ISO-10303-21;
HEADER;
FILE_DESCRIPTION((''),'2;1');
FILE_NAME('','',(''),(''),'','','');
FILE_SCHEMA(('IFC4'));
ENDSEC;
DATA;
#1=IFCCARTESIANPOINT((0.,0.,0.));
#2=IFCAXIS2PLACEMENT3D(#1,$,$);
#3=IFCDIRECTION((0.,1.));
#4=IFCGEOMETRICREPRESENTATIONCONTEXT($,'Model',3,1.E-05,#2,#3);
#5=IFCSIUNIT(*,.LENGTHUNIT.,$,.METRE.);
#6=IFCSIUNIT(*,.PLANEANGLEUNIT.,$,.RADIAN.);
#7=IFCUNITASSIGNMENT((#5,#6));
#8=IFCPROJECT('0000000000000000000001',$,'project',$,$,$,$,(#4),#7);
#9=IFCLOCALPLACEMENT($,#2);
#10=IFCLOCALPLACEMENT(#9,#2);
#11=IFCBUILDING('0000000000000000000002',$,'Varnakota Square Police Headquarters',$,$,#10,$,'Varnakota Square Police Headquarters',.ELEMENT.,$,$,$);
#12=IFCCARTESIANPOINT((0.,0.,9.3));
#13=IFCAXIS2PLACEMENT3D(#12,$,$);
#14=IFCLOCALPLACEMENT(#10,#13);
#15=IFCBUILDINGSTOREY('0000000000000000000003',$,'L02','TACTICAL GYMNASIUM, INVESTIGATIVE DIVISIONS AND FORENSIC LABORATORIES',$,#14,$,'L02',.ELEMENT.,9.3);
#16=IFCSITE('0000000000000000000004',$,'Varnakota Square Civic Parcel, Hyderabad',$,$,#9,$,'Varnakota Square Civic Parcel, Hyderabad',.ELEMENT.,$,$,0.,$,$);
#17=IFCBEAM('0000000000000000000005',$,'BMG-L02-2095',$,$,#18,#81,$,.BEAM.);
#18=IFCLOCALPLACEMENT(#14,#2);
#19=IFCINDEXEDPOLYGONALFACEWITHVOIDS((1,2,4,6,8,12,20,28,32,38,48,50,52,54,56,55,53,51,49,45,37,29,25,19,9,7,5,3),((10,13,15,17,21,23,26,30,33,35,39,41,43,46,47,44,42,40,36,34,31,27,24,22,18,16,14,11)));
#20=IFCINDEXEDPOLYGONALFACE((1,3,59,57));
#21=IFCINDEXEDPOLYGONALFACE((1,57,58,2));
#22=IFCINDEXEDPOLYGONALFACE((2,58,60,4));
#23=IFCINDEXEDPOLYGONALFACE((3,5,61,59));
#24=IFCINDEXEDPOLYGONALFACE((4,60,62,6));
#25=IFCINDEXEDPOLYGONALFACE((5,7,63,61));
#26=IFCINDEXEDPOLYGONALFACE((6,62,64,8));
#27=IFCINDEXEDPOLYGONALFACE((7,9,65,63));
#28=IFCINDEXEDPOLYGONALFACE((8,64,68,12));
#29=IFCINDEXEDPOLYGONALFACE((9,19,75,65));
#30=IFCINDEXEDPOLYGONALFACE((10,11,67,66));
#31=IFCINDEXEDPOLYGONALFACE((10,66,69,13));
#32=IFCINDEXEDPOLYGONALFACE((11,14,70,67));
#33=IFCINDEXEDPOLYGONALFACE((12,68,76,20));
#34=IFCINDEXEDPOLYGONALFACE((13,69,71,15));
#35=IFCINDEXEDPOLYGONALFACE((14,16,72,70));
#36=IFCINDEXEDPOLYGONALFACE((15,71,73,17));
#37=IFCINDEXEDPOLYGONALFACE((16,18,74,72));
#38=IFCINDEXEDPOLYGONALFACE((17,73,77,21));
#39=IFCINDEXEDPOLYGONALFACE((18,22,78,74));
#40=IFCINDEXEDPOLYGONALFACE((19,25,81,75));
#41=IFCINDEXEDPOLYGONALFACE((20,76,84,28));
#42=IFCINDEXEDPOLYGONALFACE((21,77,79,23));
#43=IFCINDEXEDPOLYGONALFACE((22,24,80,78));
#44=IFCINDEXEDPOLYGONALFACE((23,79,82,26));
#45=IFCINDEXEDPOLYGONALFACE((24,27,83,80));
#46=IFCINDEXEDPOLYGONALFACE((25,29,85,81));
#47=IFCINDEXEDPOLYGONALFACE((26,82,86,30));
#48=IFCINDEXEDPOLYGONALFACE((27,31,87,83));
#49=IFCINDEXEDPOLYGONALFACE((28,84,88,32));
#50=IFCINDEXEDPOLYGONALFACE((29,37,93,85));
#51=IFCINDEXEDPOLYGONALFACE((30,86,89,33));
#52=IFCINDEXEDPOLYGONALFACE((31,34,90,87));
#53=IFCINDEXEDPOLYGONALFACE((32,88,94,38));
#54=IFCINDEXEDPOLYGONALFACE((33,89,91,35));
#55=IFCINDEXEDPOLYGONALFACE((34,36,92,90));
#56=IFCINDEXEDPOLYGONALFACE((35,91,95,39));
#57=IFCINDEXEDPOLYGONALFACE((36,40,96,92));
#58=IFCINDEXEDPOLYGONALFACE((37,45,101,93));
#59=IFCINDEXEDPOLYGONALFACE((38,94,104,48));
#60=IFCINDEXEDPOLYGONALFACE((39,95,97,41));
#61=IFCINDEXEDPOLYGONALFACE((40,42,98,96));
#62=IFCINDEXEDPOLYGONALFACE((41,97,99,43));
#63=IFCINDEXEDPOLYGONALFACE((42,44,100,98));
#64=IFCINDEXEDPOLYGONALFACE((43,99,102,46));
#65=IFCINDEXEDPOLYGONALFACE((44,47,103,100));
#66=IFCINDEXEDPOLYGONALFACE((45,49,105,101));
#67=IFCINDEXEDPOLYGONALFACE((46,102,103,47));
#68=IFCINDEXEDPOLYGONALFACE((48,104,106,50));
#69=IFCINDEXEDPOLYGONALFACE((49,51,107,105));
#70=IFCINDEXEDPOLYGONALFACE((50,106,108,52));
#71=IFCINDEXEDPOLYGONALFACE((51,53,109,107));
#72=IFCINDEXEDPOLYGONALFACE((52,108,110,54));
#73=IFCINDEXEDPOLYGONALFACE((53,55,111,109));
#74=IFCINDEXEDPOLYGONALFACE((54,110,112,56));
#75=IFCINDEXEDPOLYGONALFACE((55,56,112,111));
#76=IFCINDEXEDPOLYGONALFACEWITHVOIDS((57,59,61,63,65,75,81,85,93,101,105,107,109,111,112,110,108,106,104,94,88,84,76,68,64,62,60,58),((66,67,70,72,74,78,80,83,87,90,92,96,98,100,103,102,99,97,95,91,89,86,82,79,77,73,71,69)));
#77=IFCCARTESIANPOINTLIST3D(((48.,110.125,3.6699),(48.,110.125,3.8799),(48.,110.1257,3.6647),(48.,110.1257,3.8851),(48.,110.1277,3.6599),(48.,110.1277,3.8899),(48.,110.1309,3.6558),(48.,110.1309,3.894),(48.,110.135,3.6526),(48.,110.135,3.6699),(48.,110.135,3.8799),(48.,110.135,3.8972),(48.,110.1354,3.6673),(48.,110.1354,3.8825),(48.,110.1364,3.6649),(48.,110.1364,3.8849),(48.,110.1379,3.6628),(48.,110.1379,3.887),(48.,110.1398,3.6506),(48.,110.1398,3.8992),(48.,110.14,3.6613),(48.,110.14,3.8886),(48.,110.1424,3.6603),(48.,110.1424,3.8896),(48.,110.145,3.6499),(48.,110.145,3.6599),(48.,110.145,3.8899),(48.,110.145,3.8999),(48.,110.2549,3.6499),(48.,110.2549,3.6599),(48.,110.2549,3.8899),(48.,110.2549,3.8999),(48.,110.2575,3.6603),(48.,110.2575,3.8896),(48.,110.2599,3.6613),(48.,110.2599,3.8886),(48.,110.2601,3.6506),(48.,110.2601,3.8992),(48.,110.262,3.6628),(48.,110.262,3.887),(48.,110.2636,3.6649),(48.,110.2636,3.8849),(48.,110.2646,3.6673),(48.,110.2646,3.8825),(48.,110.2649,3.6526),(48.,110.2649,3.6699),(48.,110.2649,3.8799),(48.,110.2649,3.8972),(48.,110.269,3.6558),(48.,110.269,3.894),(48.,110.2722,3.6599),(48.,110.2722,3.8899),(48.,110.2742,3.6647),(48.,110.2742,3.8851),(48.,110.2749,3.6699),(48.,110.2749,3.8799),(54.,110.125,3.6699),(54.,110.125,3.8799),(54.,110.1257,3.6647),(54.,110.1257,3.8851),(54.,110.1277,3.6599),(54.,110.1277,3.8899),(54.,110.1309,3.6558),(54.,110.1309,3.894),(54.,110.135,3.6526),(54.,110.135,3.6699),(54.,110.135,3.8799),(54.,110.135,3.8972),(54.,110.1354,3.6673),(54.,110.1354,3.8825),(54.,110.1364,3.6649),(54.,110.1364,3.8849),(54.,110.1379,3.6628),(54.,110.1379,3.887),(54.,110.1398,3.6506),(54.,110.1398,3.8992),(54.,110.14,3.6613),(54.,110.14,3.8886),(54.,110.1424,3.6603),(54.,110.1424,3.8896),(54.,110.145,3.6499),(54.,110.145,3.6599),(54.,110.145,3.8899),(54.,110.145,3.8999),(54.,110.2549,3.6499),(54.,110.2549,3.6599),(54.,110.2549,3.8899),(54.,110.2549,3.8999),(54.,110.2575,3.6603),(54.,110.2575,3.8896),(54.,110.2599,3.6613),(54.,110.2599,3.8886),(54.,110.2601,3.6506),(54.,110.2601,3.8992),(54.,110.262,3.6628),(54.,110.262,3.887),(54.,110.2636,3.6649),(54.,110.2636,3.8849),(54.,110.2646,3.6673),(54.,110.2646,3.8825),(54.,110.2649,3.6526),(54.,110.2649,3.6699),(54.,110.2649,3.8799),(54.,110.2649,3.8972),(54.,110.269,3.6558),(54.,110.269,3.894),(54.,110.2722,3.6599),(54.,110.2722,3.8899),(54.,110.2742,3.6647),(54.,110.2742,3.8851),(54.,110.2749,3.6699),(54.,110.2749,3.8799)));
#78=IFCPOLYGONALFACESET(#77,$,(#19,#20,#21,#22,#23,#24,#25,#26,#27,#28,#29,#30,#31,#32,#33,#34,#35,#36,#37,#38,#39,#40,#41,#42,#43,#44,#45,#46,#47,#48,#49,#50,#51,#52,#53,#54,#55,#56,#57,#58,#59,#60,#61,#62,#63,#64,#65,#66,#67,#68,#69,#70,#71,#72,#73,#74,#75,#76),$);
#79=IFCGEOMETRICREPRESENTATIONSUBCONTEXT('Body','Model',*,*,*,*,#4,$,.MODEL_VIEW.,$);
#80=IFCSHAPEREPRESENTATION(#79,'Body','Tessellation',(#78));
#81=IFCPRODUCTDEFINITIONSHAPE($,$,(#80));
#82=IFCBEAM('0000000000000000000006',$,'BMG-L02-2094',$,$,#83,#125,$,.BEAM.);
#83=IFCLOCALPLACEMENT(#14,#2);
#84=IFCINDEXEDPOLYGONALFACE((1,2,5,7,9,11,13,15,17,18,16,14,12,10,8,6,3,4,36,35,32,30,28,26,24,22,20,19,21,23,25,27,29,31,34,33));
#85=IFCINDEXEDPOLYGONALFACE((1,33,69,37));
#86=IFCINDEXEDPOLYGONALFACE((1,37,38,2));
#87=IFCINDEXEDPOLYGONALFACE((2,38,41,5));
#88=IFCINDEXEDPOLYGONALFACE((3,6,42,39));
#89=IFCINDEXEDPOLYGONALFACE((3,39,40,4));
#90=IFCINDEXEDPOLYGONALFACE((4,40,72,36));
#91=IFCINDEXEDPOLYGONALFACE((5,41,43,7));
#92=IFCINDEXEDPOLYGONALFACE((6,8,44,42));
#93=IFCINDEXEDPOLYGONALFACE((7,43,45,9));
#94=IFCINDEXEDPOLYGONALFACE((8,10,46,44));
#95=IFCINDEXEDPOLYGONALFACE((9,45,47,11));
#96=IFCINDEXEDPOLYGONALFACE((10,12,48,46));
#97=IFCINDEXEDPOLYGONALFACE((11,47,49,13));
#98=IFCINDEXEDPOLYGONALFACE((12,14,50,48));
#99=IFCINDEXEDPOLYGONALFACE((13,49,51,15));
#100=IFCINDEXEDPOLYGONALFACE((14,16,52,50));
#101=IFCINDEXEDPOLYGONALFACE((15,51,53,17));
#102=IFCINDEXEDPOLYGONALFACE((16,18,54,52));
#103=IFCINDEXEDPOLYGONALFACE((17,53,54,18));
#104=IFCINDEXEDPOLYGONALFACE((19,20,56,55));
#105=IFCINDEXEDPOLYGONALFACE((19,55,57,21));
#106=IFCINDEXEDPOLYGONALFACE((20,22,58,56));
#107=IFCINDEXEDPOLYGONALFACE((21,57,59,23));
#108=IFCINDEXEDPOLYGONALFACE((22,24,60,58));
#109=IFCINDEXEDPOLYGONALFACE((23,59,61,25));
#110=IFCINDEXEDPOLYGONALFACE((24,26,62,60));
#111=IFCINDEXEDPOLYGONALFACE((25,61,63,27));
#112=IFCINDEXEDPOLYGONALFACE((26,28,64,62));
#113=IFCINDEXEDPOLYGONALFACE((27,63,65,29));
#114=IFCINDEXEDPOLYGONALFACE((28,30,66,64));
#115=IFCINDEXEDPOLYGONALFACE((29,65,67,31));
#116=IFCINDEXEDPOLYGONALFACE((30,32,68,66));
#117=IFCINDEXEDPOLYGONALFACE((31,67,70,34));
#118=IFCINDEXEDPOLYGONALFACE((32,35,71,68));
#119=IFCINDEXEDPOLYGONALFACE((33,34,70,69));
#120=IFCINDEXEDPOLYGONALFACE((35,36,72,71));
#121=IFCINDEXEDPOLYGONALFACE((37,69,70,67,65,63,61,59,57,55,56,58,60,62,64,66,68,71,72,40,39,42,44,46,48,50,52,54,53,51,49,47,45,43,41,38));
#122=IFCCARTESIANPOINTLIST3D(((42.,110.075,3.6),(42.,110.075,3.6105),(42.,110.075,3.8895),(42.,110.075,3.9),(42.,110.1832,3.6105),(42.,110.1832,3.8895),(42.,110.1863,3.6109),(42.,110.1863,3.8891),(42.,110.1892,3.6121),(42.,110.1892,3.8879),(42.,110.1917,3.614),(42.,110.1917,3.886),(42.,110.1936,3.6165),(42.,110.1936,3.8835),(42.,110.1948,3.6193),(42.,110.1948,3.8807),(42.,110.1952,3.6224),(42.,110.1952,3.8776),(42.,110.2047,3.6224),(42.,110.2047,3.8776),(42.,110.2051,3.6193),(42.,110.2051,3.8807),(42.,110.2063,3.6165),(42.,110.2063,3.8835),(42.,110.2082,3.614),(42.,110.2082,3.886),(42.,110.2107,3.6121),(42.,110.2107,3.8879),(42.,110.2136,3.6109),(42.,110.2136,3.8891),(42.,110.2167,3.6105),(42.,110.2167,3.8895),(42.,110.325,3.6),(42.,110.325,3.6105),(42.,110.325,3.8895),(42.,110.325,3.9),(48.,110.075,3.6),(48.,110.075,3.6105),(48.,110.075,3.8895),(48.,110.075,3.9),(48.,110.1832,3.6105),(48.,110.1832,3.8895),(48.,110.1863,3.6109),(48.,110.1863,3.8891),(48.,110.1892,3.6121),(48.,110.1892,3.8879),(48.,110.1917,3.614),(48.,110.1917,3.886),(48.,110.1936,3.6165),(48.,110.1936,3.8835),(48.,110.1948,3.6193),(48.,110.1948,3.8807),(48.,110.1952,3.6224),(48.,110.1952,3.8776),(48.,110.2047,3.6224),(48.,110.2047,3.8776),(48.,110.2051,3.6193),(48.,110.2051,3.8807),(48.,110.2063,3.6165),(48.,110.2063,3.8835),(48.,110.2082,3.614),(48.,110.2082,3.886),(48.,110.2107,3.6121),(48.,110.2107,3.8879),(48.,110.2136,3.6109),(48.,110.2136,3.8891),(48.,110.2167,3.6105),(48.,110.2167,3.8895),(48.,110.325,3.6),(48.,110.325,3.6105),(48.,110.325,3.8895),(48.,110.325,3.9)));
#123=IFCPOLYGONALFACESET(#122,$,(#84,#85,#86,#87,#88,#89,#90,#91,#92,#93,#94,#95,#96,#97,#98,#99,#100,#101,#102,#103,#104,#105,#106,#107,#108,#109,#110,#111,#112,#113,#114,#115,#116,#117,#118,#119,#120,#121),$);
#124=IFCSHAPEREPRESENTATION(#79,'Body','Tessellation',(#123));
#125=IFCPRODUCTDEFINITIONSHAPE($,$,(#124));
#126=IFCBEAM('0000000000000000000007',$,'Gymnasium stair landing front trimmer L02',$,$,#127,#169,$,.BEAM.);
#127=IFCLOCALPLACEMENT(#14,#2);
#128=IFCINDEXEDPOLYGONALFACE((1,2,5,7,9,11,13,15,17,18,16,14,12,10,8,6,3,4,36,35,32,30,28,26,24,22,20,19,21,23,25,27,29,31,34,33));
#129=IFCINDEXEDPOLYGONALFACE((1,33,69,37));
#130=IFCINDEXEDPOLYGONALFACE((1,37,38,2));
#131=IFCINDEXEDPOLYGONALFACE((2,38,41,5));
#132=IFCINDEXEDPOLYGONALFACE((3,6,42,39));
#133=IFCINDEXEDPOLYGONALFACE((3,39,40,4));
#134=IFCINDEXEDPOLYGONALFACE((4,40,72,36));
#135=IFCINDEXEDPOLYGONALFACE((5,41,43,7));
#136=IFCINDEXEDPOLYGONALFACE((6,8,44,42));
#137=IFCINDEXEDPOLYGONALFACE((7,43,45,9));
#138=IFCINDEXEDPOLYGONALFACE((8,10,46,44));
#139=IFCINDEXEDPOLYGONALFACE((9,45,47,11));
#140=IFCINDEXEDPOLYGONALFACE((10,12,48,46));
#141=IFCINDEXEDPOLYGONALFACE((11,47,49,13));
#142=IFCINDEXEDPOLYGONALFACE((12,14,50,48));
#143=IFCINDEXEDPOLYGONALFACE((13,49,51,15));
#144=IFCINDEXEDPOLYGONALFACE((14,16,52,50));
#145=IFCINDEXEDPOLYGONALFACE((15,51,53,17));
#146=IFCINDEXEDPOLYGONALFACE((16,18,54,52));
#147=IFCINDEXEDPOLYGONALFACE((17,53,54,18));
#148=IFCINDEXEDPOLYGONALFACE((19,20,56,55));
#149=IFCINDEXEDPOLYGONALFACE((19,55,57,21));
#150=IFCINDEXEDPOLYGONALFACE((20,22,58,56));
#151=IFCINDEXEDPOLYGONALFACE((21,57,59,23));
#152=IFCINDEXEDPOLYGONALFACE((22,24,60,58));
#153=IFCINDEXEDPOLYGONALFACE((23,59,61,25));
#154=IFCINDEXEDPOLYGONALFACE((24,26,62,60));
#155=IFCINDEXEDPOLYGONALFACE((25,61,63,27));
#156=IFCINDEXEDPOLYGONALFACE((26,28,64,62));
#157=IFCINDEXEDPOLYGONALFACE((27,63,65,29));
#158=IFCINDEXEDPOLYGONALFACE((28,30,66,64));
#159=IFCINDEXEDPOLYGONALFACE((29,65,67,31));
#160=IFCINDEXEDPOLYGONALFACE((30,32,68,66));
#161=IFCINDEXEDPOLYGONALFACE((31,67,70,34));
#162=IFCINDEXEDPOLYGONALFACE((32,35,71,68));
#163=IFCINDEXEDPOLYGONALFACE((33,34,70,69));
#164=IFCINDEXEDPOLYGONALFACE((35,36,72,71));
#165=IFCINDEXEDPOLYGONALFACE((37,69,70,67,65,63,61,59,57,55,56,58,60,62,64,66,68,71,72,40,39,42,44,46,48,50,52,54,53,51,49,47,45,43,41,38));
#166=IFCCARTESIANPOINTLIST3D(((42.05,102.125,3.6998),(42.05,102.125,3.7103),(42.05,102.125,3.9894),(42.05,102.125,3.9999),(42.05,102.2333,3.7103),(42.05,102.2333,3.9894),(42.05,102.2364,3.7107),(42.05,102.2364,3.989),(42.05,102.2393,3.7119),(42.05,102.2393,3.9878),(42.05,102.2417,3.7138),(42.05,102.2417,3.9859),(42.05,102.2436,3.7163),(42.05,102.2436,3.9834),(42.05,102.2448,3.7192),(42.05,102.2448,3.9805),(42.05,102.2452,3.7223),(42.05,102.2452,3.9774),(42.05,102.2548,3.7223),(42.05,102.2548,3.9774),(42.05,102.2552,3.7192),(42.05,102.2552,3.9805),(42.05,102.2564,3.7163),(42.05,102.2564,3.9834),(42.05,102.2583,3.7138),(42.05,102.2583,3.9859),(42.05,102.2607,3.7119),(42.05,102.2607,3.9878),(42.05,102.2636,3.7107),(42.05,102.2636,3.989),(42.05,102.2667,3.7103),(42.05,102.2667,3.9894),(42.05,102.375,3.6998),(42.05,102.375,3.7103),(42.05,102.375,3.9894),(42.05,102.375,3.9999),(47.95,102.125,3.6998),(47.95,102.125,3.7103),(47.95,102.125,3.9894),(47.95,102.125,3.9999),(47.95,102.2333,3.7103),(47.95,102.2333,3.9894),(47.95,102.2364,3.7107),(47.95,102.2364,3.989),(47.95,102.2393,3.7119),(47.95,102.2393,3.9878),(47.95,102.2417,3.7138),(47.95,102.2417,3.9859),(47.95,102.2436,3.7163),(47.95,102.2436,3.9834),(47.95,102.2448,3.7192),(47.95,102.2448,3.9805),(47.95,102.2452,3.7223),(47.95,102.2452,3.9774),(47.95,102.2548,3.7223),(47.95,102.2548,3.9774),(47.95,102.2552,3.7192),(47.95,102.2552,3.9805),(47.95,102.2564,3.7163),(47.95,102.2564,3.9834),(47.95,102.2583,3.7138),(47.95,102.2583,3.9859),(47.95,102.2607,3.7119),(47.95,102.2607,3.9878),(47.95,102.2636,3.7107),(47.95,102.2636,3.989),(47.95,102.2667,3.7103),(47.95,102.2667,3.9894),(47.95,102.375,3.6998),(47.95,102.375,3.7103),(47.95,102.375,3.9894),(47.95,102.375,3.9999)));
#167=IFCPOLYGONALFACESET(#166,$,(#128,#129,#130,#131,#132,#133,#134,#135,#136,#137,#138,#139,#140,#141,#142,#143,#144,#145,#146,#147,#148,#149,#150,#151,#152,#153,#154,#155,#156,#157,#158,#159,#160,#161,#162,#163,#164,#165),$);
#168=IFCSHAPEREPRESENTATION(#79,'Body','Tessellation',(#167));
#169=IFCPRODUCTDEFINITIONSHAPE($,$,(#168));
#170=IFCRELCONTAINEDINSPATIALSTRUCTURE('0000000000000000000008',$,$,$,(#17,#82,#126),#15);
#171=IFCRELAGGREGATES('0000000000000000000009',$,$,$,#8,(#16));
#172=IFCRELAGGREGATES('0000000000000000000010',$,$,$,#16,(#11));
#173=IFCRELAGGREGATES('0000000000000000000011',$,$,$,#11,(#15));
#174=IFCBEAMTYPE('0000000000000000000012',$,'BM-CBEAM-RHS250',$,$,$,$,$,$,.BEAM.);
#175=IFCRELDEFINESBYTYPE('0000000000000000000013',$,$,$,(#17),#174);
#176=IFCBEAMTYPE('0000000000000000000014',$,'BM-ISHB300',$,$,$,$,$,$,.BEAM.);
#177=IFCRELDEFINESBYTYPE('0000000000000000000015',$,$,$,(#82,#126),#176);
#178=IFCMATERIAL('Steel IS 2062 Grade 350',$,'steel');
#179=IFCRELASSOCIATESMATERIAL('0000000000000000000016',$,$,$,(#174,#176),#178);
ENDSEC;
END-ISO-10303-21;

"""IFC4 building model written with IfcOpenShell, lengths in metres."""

from ifc_helpers import new_model, si_unit, direction, frame, origin, origin_2d, place, context, subcontext, project, spatial, hollow_rectangle, i_section, extrude, material, material_profile, profile_set, type_object, element, save


model = new_model("IFC4")

# Units and contexts
model_context = context("Model", 3, precision=1e-05, world=origin(), true_north=direction((0.0, 1.0)))
body_context = subcontext(model_context, "Body", "Model", "MODEL_VIEW")
ifc_project = project(units=[si_unit("LENGTHUNIT", "METRE"), si_unit("PLANEANGLEUNIT", "RADIAN")], contexts=[model_context])

# Site, building, storey
site_placement = place(None, origin())
site = spatial("IfcSite", under=ifc_project, at=site_placement, Name="Varnakota Square Civic Parcel, Hyderabad", LongName="Varnakota Square Civic Parcel, Hyderabad", CompositionType="ELEMENT", RefElevation=0.0)
building_placement = place(site_placement, origin())
building = spatial("IfcBuilding", under=site, at=building_placement, Name="Varnakota Square Police Headquarters", LongName="Varnakota Square Police Headquarters", CompositionType="ELEMENT")
storey_placement = place(building_placement, frame((0.0, 0.0, 9.3)))
storey = spatial("IfcBuildingStorey", under=building, at=storey_placement, Name="L02", Description="TACTICAL GYMNASIUM, INVESTIGATIVE DIVISIONS AND FORENSIC LABORATORIES", LongName="L02", CompositionType="ELEMENT", Elevation=9.3)

# Shared definitions
ifc_material_1 = material(Name="Steel IS 2062 Grade 350", Category="steel")

# Beams
ifc_material_profile_1 = material_profile(ifc_material_1, hollow_rectangle(XDim=0.1499, YDim=0.25, WallThickness=0.01, InnerFilletRadius=0.01, OuterFilletRadius=0.02, at=origin_2d()), Name="RHS 250x150x10")
ifc_profile_set_1 = profile_set([ifc_material_profile_1], Name="Steel IS 2062 Grade 350")
beam_type_1 = type_object("IfcBeamType", Name="BM-CBEAM-RHS250", PredefinedType="BEAM", material=ifc_profile_set_1)
beam_1_placement = place(storey_placement, frame((48.0, 110.2, 3.7749), z_axis=(1.0, 0.0, 0.0), x_axis=(0.0, 1.0, 0.0)))
element("IfcBeam", 1, at=beam_1_placement, inside=storey, type_object=beam_type_1, Name="BMG-L02-2095", PredefinedType="BEAM", context=body_context, shape_type="SweptSolid", body=[
    extrude(hollow_rectangle(XDim=0.1499, YDim=0.25, WallThickness=0.01, InnerFilletRadius=0.01, OuterFilletRadius=0.02, at=origin_2d()), origin(), (0.0, 0.0, 1.0), 6.0),
])
ifc_material_profile_2 = material_profile(ifc_material_1, i_section(OverallWidth=0.25, OverallDepth=0.3, WebThickness=0.0095, FlangeThickness=0.0105, FilletRadius=0.012, at=origin_2d()), Name="ISHB 300")
ifc_profile_set_2 = profile_set([ifc_material_profile_2], Name="Steel IS 2062 Grade 350")
beam_type_2 = type_object("IfcBeamType", Name="BM-ISHB300", PredefinedType="BEAM", material=ifc_profile_set_2)
beam_2_placement = place(storey_placement, frame((42.0, 110.2, 3.75), z_axis=(1.0, 0.0, 0.0), x_axis=(0.0, 1.0, 0.0)))
element("IfcBeam", 2, at=beam_2_placement, inside=storey, type_object=beam_type_2, Name="BMG-L02-2094", PredefinedType="BEAM", context=body_context, shape_type="SweptSolid", body=[
    extrude(i_section(OverallWidth=0.25, OverallDepth=0.3, WebThickness=0.0095, FlangeThickness=0.0105, FilletRadius=0.012, at=origin_2d()), origin(), (0.0, 0.0, 1.0), 6.0),
])
for number, where, z_axis, x_axis, name in (
    (3, (42.05, 102.25, 3.8499), (1.0, 0.0, 0.0), (0.0, 1.0, 0.0), "Gymnasium stair landing front trimmer L02"),
):
    element("IfcBeam", number, at=place(storey_placement, frame(where, z_axis=z_axis, x_axis=x_axis)), inside=storey, type_object=beam_type_2, Name=name, PredefinedType="BEAM", context=body_context, shape_type="SweptSolid", body=[
        extrude(i_section(OverallWidth=0.25, OverallDepth=0.3, WebThickness=0.0095, FlangeThickness=0.0105, FilletRadius=0.012, at=origin_2d()), origin(), (0.0, 0.0, 1.0), 5.8999),
    ])

save(model, "model.ifc")
